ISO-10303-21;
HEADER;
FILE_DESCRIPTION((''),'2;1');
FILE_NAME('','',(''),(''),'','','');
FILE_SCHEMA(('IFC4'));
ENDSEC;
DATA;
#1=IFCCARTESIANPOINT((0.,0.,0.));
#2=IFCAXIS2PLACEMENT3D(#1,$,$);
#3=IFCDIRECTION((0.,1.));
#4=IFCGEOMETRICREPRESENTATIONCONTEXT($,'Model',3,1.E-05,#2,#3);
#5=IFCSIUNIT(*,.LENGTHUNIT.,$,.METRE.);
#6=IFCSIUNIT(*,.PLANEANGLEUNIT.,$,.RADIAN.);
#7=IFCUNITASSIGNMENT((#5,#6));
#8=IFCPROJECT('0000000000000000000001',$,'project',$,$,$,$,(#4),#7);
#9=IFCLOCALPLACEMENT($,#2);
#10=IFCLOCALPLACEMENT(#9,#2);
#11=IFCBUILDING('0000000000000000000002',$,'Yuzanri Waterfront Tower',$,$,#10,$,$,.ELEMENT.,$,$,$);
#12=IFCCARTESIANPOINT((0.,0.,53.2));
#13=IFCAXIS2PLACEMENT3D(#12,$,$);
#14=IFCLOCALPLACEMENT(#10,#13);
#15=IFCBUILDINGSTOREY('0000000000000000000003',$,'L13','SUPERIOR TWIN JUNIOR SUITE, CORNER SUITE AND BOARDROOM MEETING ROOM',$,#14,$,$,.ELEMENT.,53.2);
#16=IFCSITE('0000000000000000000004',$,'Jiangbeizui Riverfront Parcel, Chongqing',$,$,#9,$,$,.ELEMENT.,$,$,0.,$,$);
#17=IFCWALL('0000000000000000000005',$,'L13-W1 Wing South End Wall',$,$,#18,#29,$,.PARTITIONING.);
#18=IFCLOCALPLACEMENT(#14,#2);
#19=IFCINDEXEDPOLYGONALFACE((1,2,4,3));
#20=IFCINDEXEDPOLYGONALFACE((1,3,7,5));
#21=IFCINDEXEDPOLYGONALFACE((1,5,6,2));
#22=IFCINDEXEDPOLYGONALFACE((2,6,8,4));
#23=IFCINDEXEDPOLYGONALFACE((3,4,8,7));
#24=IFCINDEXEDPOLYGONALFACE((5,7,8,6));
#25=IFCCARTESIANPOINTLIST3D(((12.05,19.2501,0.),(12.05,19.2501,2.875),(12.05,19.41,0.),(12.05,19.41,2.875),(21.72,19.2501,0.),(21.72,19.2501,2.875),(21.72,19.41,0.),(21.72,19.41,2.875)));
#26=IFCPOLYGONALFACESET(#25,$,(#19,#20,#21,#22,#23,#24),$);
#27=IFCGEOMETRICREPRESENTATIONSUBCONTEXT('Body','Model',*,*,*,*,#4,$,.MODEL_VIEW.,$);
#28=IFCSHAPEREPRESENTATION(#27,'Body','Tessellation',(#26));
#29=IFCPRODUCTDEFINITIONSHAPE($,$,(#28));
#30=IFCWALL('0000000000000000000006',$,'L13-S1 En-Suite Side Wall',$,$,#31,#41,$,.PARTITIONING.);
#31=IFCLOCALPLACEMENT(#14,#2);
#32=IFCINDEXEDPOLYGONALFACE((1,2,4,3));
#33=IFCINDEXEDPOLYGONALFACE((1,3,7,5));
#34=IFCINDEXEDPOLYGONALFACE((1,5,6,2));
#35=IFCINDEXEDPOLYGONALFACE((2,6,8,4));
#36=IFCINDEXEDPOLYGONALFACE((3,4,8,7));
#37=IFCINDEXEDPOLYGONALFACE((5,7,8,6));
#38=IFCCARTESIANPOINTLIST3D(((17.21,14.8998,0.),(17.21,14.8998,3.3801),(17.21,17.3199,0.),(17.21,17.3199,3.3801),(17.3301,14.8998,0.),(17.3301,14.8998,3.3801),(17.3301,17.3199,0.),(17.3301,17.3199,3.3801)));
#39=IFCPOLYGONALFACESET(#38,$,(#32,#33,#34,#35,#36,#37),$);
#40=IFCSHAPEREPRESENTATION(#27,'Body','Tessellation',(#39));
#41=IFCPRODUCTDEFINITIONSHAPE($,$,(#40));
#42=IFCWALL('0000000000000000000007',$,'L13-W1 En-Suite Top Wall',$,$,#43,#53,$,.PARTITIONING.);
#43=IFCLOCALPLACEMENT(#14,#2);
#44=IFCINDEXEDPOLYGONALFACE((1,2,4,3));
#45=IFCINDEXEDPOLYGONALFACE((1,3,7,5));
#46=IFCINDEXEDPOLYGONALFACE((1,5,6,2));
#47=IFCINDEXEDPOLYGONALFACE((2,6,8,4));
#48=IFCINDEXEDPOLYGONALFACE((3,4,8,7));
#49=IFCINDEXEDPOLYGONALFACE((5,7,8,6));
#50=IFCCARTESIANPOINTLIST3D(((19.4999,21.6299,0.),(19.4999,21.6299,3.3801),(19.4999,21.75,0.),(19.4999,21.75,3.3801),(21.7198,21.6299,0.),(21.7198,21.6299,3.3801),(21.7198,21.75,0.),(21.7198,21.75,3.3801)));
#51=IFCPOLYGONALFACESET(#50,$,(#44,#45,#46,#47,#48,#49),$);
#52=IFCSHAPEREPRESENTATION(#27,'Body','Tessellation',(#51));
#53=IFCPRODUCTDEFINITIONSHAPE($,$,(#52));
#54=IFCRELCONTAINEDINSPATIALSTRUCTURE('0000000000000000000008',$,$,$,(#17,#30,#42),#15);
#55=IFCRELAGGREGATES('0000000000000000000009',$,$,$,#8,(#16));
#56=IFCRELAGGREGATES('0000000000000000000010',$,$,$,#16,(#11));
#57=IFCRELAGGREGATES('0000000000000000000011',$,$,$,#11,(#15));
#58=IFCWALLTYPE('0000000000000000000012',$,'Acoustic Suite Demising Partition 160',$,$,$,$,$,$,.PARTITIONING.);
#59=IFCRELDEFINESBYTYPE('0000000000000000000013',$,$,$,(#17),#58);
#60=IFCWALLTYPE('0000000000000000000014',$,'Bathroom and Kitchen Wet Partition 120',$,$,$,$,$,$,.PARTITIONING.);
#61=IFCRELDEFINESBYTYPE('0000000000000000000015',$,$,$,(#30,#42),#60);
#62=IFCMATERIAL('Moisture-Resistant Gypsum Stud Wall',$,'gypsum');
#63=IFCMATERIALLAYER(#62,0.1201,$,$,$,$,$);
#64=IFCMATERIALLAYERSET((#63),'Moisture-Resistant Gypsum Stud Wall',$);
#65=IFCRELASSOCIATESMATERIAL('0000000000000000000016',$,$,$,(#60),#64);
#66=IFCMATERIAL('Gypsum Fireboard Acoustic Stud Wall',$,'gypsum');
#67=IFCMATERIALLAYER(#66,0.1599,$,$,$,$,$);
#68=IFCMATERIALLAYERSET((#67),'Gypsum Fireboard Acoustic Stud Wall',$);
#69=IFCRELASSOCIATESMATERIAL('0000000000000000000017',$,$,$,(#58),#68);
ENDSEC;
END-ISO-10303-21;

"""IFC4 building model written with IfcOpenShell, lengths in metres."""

from ifc_helpers import new_model, si_unit, direction, frame, frame_2d, origin, place, context, subcontext, project, spatial, rectangle, extrude, source, transform, mapped, material, layer, layer_set, type_object, element, save


model = new_model("IFC4")

# Units and contexts
model_context = context("Model", 3, precision=1e-05, world=origin(), true_north=direction((0.0, 1.0)))
body_context = subcontext(model_context, "Body", "Model", "MODEL_VIEW")
ifc_project = project(units=[si_unit("LENGTHUNIT", "METRE"), si_unit("PLANEANGLEUNIT", "RADIAN")], contexts=[model_context])

# Site, building, storey
site_placement = place(None, origin())
site = spatial("IfcSite", under=ifc_project, at=site_placement, Name="Jiangbeizui Riverfront Parcel, Chongqing", CompositionType="ELEMENT", RefElevation=0.0)
building_placement = place(site_placement, origin())
building = spatial("IfcBuilding", under=site, at=building_placement, Name="Yuzanri Waterfront Tower", CompositionType="ELEMENT")
storey_placement = place(building_placement, frame((0.0, 0.0, 53.2)))
storey = spatial("IfcBuildingStorey", under=building, at=storey_placement, Name="L13", Description="SUPERIOR TWIN JUNIOR SUITE, CORNER SUITE AND BOARDROOM MEETING ROOM", CompositionType="ELEMENT", Elevation=53.2)

# Shared definitions
ifc_material_1 = material(Name="Moisture-Resistant Gypsum Stud Wall", Category="gypsum")
ifc_layer_1 = layer(ifc_material_1, 0.1201)
ifc_layer_set_1 = layer_set([ifc_layer_1], Name="Moisture-Resistant Gypsum Stud Wall")
wall_type_1 = type_object("IfcWallType", Name="Bathroom and Kitchen Wet Partition 120", PredefinedType="PARTITIONING", material=ifc_layer_set_1)

# Walls
ifc_material_2 = material(Name="Gypsum Fireboard Acoustic Stud Wall", Category="gypsum")
ifc_layer_2 = layer(ifc_material_2, 0.1599)
ifc_layer_set_2 = layer_set([ifc_layer_2], Name="Gypsum Fireboard Acoustic Stud Wall")
wall_type_2 = type_object("IfcWallType", Name="Acoustic Suite Demising Partition 160", PredefinedType="PARTITIONING", material=ifc_layer_set_2)
shared_shape_1 = source(origin(), body_context, "Body", "SweptSolid", [
    extrude(rectangle(XDim=9.6699, YDim=0.1599, at=frame_2d((4.835, 0.0))), origin(), (0.0, 0.0, 1.0), 2.875),
])
wall_1_placement = place(storey_placement, frame((12.05, 19.3301, 0.0), z_axis=(0.0, 0.0, 1.0), x_axis=(1.0, 0.0, 0.0)))
element("IfcWall", 1, at=wall_1_placement, inside=storey, type_object=wall_type_2, Name="L13-W1 Wing South End Wall", PredefinedType="PARTITIONING", context=body_context, shape_type="MappedRepresentation", body=[
    mapped(shared_shape_1, transform((0.0, 0.0, 0.0), scale=1.0)),
])
shared_shape_2 = source(origin(), body_context, "Body", "SweptSolid", [
    extrude(rectangle(XDim=2.4202, YDim=0.1201, at=frame_2d((1.21, 0.0))), origin(), (0.0, 0.0, 1.0), 3.3801),
])
wall_2_placement = place(storey_placement, frame((17.27, 14.8999, 0.0), z_axis=(0.0, 0.0, 1.0), x_axis=(0.0, 1.0, 0.0)))
element("IfcWall", 2, at=wall_2_placement, inside=storey, type_object=wall_type_1, Name="L13-S1 En-Suite Side Wall", PredefinedType="PARTITIONING", context=body_context, shape_type="MappedRepresentation", body=[
    mapped(shared_shape_2, transform((0.0, 0.0, 0.0), scale=1.0)),
])
shared_shape_3 = source(origin(), body_context, "Body", "SweptSolid", [
    extrude(rectangle(XDim=2.22, YDim=0.1201, at=frame_2d((1.1099, 0.0))), origin(), (0.0, 0.0, 1.0), 3.3801),
])
wall_3_placement = place(storey_placement, frame((19.5, 21.6899, 0.0), z_axis=(0.0, 0.0, 1.0), x_axis=(1.0, 0.0, 0.0)))
element("IfcWall", 3, at=wall_3_placement, inside=storey, type_object=wall_type_1, Name="L13-W1 En-Suite Top Wall", PredefinedType="PARTITIONING", context=body_context, shape_type="MappedRepresentation", body=[
    mapped(shared_shape_3, transform((0.0, 0.0, 0.0), scale=1.0)),
])

save(model, "model.ifc")
